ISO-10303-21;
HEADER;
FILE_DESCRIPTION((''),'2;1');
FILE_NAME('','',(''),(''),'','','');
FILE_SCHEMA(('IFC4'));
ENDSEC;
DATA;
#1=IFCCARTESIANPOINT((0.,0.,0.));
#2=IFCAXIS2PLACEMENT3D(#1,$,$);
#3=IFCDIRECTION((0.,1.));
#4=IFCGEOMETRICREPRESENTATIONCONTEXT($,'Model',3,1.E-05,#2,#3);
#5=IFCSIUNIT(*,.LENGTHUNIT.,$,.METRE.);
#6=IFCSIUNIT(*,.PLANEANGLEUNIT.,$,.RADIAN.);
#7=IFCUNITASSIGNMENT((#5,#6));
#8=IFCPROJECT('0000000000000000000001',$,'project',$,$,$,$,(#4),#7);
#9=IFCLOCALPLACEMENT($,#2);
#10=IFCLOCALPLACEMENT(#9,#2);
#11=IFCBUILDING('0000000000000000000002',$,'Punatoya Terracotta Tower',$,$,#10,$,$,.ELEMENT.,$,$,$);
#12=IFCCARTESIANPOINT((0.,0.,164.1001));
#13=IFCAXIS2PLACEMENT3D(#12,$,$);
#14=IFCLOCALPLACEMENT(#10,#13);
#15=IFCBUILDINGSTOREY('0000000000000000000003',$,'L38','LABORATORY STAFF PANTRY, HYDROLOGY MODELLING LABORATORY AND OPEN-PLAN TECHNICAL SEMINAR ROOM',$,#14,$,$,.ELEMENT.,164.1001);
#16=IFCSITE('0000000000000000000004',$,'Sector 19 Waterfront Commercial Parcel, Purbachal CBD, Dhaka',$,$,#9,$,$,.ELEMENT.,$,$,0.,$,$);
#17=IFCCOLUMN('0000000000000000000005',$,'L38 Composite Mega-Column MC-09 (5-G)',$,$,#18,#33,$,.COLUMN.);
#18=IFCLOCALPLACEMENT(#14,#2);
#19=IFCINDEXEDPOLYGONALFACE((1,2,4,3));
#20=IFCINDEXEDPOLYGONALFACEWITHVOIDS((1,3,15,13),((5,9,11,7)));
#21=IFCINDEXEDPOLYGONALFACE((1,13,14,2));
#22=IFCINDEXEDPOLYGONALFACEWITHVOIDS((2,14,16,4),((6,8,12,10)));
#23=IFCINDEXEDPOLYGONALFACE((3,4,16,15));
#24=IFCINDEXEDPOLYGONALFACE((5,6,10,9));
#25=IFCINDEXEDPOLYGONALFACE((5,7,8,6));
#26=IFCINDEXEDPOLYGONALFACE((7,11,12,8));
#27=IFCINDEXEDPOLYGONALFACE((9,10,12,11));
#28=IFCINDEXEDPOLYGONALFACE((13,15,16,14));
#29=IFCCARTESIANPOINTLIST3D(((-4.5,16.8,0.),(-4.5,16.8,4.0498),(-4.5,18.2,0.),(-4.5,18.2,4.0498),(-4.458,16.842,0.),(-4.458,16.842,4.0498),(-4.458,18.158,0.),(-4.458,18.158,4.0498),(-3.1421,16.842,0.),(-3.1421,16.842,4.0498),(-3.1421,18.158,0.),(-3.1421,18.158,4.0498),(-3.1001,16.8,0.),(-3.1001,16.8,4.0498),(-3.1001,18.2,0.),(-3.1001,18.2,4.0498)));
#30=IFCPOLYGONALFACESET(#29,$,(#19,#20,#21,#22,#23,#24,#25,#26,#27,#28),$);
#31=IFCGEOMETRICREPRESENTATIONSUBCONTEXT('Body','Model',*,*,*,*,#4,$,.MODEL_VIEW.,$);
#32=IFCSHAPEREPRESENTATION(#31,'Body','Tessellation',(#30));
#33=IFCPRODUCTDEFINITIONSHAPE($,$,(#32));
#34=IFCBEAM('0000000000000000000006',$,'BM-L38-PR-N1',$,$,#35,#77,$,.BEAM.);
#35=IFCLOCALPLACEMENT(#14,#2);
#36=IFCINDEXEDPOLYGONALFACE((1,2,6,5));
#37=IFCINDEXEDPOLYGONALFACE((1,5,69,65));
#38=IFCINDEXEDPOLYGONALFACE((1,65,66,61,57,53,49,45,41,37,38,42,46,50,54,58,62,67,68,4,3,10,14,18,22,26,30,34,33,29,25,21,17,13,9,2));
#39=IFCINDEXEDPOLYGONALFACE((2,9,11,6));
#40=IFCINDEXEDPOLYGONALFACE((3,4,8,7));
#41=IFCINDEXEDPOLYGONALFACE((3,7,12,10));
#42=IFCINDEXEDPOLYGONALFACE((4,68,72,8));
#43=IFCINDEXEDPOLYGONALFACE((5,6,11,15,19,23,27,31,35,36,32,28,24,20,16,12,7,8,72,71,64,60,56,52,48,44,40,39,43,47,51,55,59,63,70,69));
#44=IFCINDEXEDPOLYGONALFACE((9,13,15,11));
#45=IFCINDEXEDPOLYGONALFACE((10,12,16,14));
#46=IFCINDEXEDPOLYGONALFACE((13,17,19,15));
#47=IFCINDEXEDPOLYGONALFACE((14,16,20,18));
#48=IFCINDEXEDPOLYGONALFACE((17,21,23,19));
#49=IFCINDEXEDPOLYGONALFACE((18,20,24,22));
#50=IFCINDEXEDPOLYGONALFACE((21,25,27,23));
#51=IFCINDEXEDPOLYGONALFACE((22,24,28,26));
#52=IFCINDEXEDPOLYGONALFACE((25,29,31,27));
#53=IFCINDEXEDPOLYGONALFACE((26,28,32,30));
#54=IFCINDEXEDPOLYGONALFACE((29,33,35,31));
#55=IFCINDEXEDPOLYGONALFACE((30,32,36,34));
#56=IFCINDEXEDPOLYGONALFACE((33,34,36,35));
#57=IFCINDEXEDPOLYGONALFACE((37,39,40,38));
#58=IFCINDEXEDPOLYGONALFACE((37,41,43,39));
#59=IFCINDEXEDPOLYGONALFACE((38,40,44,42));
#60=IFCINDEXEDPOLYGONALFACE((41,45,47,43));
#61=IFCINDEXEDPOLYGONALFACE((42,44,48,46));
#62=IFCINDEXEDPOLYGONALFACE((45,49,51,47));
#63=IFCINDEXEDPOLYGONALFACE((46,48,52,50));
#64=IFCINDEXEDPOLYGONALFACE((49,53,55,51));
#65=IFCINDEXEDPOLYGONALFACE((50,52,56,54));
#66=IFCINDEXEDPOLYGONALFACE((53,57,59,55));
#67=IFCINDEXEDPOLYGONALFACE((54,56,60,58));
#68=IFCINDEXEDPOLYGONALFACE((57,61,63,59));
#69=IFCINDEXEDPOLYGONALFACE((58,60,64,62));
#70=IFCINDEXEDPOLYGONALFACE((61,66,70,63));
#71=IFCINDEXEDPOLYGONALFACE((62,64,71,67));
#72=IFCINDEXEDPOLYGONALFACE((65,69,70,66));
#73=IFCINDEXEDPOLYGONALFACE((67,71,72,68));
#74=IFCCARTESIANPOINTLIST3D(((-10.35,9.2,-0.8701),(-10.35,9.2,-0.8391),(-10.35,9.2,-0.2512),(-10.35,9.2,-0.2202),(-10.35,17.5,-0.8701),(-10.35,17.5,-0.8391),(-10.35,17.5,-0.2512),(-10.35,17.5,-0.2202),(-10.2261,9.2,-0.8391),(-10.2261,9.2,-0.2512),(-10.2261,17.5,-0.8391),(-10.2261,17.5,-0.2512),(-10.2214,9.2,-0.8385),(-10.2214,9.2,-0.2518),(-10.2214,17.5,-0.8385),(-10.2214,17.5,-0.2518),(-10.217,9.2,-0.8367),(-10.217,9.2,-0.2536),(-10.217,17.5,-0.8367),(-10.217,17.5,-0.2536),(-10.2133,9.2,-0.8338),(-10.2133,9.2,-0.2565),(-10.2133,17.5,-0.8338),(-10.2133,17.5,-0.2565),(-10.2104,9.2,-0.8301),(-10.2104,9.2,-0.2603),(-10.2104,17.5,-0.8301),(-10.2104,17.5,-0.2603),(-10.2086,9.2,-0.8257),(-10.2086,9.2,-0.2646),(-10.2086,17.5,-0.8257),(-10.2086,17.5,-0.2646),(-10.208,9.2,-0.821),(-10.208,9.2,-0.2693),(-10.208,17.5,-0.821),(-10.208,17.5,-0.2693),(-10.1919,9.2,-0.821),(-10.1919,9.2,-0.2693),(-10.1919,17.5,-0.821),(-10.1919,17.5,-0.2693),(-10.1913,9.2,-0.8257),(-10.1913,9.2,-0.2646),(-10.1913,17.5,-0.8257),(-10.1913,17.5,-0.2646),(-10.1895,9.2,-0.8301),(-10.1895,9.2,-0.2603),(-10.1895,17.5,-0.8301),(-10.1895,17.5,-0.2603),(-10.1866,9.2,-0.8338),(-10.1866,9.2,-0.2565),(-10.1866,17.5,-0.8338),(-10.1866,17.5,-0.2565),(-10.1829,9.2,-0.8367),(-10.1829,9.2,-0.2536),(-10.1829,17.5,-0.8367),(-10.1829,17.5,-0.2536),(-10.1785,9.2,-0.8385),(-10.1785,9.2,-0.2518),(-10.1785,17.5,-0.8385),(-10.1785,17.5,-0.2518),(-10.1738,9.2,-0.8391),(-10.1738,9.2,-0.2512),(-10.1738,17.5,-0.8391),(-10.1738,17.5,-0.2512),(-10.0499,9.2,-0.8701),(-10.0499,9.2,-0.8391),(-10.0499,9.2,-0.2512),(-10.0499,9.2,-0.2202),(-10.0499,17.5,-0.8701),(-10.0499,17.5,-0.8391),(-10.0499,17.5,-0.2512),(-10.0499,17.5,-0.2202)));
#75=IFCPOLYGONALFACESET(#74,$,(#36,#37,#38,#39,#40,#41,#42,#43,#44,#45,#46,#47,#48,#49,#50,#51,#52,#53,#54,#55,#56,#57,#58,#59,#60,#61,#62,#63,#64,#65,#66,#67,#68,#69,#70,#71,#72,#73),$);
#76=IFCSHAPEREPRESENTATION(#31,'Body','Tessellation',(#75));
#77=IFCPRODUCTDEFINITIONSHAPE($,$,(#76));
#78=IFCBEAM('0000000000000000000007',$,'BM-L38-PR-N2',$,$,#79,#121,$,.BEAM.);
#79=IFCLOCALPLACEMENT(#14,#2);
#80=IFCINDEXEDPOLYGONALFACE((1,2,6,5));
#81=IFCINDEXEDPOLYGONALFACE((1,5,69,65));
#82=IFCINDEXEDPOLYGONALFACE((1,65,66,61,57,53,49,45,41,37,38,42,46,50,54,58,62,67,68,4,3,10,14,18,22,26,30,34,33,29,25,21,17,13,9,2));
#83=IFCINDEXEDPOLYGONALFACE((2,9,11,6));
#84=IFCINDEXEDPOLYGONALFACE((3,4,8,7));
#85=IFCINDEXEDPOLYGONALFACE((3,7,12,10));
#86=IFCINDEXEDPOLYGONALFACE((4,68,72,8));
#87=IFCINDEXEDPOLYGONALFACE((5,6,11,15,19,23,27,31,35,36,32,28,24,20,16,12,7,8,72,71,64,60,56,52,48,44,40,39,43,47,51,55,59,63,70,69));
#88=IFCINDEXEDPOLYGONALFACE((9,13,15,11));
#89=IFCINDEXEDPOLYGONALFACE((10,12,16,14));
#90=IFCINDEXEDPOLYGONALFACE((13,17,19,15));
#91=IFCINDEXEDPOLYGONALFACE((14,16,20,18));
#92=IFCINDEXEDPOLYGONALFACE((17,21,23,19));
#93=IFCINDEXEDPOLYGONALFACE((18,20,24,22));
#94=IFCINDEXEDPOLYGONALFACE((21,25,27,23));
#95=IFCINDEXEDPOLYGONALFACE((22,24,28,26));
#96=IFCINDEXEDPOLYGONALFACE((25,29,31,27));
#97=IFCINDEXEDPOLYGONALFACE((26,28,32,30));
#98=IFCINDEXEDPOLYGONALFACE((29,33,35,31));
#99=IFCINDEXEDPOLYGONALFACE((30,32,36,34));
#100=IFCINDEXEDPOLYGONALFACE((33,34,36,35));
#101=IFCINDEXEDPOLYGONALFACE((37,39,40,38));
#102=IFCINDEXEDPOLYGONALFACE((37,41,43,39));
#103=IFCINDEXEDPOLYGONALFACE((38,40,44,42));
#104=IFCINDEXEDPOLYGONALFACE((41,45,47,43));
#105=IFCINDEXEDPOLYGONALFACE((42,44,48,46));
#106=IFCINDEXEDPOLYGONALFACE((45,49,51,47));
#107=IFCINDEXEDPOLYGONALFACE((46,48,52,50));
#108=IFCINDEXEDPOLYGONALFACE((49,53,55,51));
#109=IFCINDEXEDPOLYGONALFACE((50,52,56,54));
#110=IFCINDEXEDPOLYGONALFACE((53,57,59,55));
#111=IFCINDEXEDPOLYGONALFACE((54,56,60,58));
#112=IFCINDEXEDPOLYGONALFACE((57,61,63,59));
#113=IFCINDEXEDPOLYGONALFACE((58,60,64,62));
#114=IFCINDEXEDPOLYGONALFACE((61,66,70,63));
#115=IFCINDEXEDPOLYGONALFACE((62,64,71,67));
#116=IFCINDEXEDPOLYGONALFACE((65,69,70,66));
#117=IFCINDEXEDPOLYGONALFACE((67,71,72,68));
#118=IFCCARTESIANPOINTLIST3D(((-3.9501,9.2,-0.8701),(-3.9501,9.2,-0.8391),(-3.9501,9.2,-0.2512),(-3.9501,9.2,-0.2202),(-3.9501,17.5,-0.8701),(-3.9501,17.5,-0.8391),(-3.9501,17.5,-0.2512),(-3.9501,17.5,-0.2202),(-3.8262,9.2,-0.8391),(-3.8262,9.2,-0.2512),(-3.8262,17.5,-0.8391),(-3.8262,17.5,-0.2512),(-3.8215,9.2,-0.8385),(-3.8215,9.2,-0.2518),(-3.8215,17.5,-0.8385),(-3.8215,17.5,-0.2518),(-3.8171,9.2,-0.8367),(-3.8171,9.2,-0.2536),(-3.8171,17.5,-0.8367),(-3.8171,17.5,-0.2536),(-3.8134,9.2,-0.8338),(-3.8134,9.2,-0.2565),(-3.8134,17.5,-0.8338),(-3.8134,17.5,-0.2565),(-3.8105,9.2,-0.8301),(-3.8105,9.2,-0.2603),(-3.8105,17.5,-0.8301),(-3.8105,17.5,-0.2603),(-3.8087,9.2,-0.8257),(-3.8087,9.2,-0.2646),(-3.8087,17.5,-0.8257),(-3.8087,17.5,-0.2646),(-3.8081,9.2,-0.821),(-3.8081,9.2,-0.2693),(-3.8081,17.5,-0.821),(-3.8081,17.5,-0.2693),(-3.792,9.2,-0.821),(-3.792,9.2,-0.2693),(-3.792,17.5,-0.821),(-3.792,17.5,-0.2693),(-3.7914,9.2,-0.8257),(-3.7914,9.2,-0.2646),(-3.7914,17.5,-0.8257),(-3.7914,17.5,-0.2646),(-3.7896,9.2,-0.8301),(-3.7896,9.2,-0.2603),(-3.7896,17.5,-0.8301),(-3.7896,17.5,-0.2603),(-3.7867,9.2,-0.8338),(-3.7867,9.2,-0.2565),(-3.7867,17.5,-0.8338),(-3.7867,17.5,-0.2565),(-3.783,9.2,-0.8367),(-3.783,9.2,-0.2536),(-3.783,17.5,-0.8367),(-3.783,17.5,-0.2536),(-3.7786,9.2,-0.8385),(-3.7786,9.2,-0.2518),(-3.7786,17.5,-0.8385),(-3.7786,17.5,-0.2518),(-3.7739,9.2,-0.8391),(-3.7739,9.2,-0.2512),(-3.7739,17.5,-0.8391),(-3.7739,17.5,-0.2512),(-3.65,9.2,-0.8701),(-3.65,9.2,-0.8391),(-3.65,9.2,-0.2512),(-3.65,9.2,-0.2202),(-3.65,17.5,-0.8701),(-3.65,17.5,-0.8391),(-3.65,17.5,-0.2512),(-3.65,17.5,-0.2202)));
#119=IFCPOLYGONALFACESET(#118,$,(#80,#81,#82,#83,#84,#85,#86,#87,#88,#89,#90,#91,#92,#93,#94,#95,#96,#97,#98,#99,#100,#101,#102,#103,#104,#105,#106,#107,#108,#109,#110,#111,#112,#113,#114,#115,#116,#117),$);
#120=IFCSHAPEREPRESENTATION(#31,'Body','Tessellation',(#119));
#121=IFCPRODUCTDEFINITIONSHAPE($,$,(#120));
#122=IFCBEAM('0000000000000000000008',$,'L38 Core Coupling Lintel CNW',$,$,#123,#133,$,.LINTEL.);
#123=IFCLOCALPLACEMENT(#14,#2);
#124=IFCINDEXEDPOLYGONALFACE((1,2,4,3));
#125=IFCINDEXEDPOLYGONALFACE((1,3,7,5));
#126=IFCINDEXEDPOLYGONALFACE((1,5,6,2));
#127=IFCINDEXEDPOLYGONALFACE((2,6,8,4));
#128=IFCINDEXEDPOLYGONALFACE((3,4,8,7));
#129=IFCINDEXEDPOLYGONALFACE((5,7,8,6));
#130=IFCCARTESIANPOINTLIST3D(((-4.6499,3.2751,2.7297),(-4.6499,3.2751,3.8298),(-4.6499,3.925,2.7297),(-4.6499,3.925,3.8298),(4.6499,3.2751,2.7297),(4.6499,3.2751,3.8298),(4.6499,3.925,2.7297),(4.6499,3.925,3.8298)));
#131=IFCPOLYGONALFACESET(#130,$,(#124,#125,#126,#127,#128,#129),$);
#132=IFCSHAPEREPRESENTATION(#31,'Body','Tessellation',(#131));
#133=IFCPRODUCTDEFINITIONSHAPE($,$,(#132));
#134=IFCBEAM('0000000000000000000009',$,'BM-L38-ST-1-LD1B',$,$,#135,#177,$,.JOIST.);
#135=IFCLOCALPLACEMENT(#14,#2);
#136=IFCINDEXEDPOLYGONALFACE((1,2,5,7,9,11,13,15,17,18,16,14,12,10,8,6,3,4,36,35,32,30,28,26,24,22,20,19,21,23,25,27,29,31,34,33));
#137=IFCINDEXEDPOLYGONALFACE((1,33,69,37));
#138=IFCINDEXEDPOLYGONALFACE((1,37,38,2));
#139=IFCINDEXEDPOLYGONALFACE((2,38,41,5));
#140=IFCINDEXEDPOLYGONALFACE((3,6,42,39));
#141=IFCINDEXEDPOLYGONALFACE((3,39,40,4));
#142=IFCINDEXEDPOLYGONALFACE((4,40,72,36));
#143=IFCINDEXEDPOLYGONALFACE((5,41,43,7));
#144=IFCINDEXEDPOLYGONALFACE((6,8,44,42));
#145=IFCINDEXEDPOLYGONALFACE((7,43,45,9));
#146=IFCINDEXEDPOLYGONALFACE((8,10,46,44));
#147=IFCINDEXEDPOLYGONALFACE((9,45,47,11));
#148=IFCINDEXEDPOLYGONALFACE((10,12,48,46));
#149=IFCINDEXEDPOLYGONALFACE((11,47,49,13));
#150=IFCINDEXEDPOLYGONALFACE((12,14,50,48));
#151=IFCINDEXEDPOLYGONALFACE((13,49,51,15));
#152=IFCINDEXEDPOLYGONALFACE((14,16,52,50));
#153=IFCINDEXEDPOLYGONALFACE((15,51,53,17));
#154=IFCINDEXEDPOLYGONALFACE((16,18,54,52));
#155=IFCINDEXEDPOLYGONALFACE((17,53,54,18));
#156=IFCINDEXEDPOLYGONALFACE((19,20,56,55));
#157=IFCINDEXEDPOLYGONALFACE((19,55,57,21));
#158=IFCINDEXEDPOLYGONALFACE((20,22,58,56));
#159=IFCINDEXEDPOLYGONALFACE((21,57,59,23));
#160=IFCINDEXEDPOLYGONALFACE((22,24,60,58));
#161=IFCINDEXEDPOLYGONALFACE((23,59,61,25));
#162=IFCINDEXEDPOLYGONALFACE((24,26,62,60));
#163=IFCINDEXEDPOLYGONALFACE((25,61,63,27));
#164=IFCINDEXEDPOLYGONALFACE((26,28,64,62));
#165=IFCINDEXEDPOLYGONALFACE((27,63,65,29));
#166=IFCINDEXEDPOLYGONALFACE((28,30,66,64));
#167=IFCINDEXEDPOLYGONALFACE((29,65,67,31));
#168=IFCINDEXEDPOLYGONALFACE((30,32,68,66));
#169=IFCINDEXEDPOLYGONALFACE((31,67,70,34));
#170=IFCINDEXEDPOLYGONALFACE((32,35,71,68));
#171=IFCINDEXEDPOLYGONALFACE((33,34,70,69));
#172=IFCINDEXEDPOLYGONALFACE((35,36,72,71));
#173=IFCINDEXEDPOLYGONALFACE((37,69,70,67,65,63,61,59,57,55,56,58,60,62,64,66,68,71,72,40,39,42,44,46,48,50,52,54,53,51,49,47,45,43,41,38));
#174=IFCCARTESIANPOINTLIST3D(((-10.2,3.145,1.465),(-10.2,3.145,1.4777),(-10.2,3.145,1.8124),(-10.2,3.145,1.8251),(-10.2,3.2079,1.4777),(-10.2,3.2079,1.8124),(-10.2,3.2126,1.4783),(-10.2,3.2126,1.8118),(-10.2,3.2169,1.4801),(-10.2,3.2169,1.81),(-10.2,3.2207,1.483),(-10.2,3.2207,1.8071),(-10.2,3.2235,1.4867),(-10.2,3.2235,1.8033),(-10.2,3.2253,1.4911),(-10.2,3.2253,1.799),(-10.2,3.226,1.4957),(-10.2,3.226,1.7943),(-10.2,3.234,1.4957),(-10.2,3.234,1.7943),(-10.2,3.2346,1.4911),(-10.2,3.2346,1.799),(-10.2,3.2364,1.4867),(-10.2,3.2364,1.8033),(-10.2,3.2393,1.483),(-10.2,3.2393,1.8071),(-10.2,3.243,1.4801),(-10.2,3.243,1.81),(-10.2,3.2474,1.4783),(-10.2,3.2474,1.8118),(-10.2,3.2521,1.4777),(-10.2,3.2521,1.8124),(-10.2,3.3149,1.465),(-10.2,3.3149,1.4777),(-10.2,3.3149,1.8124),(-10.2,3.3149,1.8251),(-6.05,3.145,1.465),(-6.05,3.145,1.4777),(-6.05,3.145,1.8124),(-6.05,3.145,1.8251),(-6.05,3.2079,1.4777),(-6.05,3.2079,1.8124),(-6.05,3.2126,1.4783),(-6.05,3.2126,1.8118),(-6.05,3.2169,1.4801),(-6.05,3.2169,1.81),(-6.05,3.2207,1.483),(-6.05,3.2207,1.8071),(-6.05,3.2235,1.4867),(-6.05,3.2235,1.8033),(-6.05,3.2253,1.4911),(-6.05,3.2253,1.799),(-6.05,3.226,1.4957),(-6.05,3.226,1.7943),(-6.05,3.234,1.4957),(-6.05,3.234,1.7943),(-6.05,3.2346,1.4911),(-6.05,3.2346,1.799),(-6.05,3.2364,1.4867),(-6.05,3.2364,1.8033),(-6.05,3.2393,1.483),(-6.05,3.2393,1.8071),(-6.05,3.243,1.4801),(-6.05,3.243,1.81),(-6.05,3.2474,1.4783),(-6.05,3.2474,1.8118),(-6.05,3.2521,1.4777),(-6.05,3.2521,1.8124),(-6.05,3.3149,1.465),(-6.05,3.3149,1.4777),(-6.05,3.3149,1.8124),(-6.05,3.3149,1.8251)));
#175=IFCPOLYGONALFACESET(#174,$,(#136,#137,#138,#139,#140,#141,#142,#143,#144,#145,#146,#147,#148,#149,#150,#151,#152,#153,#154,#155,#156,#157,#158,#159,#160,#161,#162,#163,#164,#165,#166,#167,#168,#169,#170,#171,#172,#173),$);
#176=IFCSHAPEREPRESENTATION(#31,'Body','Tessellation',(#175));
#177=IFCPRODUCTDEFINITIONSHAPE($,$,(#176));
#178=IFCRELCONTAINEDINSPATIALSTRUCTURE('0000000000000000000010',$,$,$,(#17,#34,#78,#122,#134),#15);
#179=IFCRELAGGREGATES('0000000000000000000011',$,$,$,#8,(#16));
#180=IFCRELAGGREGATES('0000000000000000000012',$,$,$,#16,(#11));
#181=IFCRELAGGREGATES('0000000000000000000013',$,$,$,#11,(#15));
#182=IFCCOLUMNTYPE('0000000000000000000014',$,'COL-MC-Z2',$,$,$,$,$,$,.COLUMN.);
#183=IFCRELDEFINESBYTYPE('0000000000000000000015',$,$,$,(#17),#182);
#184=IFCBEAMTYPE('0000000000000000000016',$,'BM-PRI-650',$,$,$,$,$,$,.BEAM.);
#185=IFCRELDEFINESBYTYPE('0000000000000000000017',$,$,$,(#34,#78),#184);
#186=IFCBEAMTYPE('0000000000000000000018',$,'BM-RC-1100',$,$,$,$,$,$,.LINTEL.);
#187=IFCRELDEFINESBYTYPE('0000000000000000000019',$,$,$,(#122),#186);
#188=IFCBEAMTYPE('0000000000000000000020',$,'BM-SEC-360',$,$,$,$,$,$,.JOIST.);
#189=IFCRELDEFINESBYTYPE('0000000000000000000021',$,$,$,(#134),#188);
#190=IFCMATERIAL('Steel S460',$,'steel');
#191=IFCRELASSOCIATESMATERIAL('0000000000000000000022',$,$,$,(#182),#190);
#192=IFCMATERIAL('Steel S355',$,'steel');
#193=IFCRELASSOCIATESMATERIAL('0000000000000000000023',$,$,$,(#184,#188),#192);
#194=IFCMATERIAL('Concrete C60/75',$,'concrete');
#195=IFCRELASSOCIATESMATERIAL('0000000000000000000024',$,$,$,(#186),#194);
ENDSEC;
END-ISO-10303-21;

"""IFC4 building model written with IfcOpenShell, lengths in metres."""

from ifc_helpers import new_model, si_unit, direction, frame, origin, origin_2d, place, context, subcontext, project, spatial, rectangle, hollow_rectangle, i_section, extrude, material, material_profile, profile_set, type_object, element, save


model = new_model("IFC4")

# Units and contexts
model_context = context("Model", 3, precision=1e-05, world=origin(), true_north=direction((0.0, 1.0)))
body_context = subcontext(model_context, "Body", "Model", "MODEL_VIEW")
ifc_project = project(units=[si_unit("LENGTHUNIT", "METRE"), si_unit("PLANEANGLEUNIT", "RADIAN")], contexts=[model_context])

# Site, building, storey
site_placement = place(None, origin())
site = spatial("IfcSite", under=ifc_project, at=site_placement, Name="Sector 19 Waterfront Commercial Parcel, Purbachal CBD, Dhaka", CompositionType="ELEMENT", RefElevation=0.0)
building_placement = place(site_placement, origin())
building = spatial("IfcBuilding", under=site, at=building_placement, Name="Punatoya Terracotta Tower", CompositionType="ELEMENT")
storey_placement = place(building_placement, frame((0.0, 0.0, 164.1001)))
storey = spatial("IfcBuildingStorey", under=building, at=storey_placement, Name="L38", Description="LABORATORY STAFF PANTRY, HYDROLOGY MODELLING LABORATORY AND OPEN-PLAN TECHNICAL SEMINAR ROOM", CompositionType="ELEMENT", Elevation=164.1001)

# Column
ifc_material_1 = material(Name="Steel S460", Category="steel")
ifc_material_profile_1 = material_profile(ifc_material_1, hollow_rectangle(XDim=1.3999, YDim=1.3999, WallThickness=0.042, at=origin_2d()))
ifc_profile_set_1 = profile_set([ifc_material_profile_1], Name="Steel S460")
column_type = type_object("IfcColumnType", Name="COL-MC-Z2", PredefinedType="COLUMN", material=ifc_profile_set_1)
column_placement = place(storey_placement, frame((-3.8, 17.5, 0.0), z_axis=(0.0, 0.0, 1.0), x_axis=(1.0, 0.0, 0.0)))
element("IfcColumn", 1, at=column_placement, inside=storey, type_object=column_type, Name="L38 Composite Mega-Column MC-09 (5-G)", PredefinedType="COLUMN", context=body_context, shape_type="SweptSolid", body=[
    extrude(hollow_rectangle(XDim=1.3999, YDim=1.3999, WallThickness=0.042, at=origin_2d()), origin(), (0.0, 0.0, 1.0), 4.0498),
])

# Beams
ifc_material_2 = material(Name="Steel S355", Category="steel")
ifc_material_profile_2 = material_profile(ifc_material_2, i_section(OverallWidth=0.3, OverallDepth=0.6499, WebThickness=0.0161, FlangeThickness=0.031, FilletRadius=0.0181, at=origin_2d()))
ifc_profile_set_2 = profile_set([ifc_material_profile_2], Name="Steel S355")
beam_type_1 = type_object("IfcBeamType", Name="BM-PRI-650", PredefinedType="BEAM", material=ifc_profile_set_2)
for number, where, z_axis, x_axis, name in (
    (2, (-10.2, 9.2, -0.5452), (0.0, 1.0, 0.0), (-1.0, 0.0, 0.0), "BM-L38-PR-N1"),
    (3, (-3.8, 9.2, -0.5452), (0.0, 1.0, 0.0), (-1.0, 0.0, 0.0), "BM-L38-PR-N2"),
):
    element("IfcBeam", number, at=place(storey_placement, frame(where, z_axis=z_axis, x_axis=x_axis)), inside=storey, type_object=beam_type_1, Name=name, PredefinedType="BEAM", context=body_context, shape_type="SweptSolid", body=[
        extrude(i_section(OverallWidth=0.3, OverallDepth=0.6499, WebThickness=0.0161, FlangeThickness=0.031, FilletRadius=0.0181, at=origin_2d()), origin(), (0.0, 0.0, 1.0), 8.3),
    ])
ifc_material_3 = material(Name="Concrete C60/75", Category="concrete")
ifc_material_profile_3 = material_profile(ifc_material_3, rectangle(XDim=0.6499, YDim=1.1001, at=origin_2d()))
ifc_profile_set_3 = profile_set([ifc_material_profile_3], Name="Concrete C60/75")
beam_type_2 = type_object("IfcBeamType", Name="BM-RC-1100", PredefinedType="LINTEL", material=ifc_profile_set_3)
beam_1_placement = place(storey_placement, frame((-4.6499, 3.6001, 3.2798), z_axis=(1.0, 0.0, 0.0), x_axis=(0.0, 1.0, 0.0)))
element("IfcBeam", 4, at=beam_1_placement, inside=storey, type_object=beam_type_2, Name="L38 Core Coupling Lintel CNW", PredefinedType="LINTEL", context=body_context, shape_type="SweptSolid", body=[
    extrude(rectangle(XDim=0.6499, YDim=1.1001, at=origin_2d()), origin(), (0.0, 0.0, 1.0), 9.2998),
])
ifc_material_profile_4 = material_profile(ifc_material_2, i_section(OverallWidth=0.1699, OverallDepth=0.3601, WebThickness=0.0081, FlangeThickness=0.0127, FilletRadius=0.0181, at=origin_2d()))
ifc_profile_set_4 = profile_set([ifc_material_profile_4], Name="Steel S355")
beam_type_3 = type_object("IfcBeamType", Name="BM-SEC-360", PredefinedType="JOIST", material=ifc_profile_set_4)
beam_2_placement = place(storey_placement, frame((-10.2, 3.23, 1.645), z_axis=(1.0, 0.0, 0.0), x_axis=(0.0, 1.0, 0.0)))
element("IfcBeam", 5, at=beam_2_placement, inside=storey, type_object=beam_type_3, Name="BM-L38-ST-1-LD1B", PredefinedType="JOIST", context=body_context, shape_type="SweptSolid", body=[
    extrude(i_section(OverallWidth=0.1699, OverallDepth=0.3601, WebThickness=0.0081, FlangeThickness=0.0127, FilletRadius=0.0181, at=origin_2d()), origin(), (0.0, 0.0, 1.0), 4.1499),
])

save(model, "model.ifc")
